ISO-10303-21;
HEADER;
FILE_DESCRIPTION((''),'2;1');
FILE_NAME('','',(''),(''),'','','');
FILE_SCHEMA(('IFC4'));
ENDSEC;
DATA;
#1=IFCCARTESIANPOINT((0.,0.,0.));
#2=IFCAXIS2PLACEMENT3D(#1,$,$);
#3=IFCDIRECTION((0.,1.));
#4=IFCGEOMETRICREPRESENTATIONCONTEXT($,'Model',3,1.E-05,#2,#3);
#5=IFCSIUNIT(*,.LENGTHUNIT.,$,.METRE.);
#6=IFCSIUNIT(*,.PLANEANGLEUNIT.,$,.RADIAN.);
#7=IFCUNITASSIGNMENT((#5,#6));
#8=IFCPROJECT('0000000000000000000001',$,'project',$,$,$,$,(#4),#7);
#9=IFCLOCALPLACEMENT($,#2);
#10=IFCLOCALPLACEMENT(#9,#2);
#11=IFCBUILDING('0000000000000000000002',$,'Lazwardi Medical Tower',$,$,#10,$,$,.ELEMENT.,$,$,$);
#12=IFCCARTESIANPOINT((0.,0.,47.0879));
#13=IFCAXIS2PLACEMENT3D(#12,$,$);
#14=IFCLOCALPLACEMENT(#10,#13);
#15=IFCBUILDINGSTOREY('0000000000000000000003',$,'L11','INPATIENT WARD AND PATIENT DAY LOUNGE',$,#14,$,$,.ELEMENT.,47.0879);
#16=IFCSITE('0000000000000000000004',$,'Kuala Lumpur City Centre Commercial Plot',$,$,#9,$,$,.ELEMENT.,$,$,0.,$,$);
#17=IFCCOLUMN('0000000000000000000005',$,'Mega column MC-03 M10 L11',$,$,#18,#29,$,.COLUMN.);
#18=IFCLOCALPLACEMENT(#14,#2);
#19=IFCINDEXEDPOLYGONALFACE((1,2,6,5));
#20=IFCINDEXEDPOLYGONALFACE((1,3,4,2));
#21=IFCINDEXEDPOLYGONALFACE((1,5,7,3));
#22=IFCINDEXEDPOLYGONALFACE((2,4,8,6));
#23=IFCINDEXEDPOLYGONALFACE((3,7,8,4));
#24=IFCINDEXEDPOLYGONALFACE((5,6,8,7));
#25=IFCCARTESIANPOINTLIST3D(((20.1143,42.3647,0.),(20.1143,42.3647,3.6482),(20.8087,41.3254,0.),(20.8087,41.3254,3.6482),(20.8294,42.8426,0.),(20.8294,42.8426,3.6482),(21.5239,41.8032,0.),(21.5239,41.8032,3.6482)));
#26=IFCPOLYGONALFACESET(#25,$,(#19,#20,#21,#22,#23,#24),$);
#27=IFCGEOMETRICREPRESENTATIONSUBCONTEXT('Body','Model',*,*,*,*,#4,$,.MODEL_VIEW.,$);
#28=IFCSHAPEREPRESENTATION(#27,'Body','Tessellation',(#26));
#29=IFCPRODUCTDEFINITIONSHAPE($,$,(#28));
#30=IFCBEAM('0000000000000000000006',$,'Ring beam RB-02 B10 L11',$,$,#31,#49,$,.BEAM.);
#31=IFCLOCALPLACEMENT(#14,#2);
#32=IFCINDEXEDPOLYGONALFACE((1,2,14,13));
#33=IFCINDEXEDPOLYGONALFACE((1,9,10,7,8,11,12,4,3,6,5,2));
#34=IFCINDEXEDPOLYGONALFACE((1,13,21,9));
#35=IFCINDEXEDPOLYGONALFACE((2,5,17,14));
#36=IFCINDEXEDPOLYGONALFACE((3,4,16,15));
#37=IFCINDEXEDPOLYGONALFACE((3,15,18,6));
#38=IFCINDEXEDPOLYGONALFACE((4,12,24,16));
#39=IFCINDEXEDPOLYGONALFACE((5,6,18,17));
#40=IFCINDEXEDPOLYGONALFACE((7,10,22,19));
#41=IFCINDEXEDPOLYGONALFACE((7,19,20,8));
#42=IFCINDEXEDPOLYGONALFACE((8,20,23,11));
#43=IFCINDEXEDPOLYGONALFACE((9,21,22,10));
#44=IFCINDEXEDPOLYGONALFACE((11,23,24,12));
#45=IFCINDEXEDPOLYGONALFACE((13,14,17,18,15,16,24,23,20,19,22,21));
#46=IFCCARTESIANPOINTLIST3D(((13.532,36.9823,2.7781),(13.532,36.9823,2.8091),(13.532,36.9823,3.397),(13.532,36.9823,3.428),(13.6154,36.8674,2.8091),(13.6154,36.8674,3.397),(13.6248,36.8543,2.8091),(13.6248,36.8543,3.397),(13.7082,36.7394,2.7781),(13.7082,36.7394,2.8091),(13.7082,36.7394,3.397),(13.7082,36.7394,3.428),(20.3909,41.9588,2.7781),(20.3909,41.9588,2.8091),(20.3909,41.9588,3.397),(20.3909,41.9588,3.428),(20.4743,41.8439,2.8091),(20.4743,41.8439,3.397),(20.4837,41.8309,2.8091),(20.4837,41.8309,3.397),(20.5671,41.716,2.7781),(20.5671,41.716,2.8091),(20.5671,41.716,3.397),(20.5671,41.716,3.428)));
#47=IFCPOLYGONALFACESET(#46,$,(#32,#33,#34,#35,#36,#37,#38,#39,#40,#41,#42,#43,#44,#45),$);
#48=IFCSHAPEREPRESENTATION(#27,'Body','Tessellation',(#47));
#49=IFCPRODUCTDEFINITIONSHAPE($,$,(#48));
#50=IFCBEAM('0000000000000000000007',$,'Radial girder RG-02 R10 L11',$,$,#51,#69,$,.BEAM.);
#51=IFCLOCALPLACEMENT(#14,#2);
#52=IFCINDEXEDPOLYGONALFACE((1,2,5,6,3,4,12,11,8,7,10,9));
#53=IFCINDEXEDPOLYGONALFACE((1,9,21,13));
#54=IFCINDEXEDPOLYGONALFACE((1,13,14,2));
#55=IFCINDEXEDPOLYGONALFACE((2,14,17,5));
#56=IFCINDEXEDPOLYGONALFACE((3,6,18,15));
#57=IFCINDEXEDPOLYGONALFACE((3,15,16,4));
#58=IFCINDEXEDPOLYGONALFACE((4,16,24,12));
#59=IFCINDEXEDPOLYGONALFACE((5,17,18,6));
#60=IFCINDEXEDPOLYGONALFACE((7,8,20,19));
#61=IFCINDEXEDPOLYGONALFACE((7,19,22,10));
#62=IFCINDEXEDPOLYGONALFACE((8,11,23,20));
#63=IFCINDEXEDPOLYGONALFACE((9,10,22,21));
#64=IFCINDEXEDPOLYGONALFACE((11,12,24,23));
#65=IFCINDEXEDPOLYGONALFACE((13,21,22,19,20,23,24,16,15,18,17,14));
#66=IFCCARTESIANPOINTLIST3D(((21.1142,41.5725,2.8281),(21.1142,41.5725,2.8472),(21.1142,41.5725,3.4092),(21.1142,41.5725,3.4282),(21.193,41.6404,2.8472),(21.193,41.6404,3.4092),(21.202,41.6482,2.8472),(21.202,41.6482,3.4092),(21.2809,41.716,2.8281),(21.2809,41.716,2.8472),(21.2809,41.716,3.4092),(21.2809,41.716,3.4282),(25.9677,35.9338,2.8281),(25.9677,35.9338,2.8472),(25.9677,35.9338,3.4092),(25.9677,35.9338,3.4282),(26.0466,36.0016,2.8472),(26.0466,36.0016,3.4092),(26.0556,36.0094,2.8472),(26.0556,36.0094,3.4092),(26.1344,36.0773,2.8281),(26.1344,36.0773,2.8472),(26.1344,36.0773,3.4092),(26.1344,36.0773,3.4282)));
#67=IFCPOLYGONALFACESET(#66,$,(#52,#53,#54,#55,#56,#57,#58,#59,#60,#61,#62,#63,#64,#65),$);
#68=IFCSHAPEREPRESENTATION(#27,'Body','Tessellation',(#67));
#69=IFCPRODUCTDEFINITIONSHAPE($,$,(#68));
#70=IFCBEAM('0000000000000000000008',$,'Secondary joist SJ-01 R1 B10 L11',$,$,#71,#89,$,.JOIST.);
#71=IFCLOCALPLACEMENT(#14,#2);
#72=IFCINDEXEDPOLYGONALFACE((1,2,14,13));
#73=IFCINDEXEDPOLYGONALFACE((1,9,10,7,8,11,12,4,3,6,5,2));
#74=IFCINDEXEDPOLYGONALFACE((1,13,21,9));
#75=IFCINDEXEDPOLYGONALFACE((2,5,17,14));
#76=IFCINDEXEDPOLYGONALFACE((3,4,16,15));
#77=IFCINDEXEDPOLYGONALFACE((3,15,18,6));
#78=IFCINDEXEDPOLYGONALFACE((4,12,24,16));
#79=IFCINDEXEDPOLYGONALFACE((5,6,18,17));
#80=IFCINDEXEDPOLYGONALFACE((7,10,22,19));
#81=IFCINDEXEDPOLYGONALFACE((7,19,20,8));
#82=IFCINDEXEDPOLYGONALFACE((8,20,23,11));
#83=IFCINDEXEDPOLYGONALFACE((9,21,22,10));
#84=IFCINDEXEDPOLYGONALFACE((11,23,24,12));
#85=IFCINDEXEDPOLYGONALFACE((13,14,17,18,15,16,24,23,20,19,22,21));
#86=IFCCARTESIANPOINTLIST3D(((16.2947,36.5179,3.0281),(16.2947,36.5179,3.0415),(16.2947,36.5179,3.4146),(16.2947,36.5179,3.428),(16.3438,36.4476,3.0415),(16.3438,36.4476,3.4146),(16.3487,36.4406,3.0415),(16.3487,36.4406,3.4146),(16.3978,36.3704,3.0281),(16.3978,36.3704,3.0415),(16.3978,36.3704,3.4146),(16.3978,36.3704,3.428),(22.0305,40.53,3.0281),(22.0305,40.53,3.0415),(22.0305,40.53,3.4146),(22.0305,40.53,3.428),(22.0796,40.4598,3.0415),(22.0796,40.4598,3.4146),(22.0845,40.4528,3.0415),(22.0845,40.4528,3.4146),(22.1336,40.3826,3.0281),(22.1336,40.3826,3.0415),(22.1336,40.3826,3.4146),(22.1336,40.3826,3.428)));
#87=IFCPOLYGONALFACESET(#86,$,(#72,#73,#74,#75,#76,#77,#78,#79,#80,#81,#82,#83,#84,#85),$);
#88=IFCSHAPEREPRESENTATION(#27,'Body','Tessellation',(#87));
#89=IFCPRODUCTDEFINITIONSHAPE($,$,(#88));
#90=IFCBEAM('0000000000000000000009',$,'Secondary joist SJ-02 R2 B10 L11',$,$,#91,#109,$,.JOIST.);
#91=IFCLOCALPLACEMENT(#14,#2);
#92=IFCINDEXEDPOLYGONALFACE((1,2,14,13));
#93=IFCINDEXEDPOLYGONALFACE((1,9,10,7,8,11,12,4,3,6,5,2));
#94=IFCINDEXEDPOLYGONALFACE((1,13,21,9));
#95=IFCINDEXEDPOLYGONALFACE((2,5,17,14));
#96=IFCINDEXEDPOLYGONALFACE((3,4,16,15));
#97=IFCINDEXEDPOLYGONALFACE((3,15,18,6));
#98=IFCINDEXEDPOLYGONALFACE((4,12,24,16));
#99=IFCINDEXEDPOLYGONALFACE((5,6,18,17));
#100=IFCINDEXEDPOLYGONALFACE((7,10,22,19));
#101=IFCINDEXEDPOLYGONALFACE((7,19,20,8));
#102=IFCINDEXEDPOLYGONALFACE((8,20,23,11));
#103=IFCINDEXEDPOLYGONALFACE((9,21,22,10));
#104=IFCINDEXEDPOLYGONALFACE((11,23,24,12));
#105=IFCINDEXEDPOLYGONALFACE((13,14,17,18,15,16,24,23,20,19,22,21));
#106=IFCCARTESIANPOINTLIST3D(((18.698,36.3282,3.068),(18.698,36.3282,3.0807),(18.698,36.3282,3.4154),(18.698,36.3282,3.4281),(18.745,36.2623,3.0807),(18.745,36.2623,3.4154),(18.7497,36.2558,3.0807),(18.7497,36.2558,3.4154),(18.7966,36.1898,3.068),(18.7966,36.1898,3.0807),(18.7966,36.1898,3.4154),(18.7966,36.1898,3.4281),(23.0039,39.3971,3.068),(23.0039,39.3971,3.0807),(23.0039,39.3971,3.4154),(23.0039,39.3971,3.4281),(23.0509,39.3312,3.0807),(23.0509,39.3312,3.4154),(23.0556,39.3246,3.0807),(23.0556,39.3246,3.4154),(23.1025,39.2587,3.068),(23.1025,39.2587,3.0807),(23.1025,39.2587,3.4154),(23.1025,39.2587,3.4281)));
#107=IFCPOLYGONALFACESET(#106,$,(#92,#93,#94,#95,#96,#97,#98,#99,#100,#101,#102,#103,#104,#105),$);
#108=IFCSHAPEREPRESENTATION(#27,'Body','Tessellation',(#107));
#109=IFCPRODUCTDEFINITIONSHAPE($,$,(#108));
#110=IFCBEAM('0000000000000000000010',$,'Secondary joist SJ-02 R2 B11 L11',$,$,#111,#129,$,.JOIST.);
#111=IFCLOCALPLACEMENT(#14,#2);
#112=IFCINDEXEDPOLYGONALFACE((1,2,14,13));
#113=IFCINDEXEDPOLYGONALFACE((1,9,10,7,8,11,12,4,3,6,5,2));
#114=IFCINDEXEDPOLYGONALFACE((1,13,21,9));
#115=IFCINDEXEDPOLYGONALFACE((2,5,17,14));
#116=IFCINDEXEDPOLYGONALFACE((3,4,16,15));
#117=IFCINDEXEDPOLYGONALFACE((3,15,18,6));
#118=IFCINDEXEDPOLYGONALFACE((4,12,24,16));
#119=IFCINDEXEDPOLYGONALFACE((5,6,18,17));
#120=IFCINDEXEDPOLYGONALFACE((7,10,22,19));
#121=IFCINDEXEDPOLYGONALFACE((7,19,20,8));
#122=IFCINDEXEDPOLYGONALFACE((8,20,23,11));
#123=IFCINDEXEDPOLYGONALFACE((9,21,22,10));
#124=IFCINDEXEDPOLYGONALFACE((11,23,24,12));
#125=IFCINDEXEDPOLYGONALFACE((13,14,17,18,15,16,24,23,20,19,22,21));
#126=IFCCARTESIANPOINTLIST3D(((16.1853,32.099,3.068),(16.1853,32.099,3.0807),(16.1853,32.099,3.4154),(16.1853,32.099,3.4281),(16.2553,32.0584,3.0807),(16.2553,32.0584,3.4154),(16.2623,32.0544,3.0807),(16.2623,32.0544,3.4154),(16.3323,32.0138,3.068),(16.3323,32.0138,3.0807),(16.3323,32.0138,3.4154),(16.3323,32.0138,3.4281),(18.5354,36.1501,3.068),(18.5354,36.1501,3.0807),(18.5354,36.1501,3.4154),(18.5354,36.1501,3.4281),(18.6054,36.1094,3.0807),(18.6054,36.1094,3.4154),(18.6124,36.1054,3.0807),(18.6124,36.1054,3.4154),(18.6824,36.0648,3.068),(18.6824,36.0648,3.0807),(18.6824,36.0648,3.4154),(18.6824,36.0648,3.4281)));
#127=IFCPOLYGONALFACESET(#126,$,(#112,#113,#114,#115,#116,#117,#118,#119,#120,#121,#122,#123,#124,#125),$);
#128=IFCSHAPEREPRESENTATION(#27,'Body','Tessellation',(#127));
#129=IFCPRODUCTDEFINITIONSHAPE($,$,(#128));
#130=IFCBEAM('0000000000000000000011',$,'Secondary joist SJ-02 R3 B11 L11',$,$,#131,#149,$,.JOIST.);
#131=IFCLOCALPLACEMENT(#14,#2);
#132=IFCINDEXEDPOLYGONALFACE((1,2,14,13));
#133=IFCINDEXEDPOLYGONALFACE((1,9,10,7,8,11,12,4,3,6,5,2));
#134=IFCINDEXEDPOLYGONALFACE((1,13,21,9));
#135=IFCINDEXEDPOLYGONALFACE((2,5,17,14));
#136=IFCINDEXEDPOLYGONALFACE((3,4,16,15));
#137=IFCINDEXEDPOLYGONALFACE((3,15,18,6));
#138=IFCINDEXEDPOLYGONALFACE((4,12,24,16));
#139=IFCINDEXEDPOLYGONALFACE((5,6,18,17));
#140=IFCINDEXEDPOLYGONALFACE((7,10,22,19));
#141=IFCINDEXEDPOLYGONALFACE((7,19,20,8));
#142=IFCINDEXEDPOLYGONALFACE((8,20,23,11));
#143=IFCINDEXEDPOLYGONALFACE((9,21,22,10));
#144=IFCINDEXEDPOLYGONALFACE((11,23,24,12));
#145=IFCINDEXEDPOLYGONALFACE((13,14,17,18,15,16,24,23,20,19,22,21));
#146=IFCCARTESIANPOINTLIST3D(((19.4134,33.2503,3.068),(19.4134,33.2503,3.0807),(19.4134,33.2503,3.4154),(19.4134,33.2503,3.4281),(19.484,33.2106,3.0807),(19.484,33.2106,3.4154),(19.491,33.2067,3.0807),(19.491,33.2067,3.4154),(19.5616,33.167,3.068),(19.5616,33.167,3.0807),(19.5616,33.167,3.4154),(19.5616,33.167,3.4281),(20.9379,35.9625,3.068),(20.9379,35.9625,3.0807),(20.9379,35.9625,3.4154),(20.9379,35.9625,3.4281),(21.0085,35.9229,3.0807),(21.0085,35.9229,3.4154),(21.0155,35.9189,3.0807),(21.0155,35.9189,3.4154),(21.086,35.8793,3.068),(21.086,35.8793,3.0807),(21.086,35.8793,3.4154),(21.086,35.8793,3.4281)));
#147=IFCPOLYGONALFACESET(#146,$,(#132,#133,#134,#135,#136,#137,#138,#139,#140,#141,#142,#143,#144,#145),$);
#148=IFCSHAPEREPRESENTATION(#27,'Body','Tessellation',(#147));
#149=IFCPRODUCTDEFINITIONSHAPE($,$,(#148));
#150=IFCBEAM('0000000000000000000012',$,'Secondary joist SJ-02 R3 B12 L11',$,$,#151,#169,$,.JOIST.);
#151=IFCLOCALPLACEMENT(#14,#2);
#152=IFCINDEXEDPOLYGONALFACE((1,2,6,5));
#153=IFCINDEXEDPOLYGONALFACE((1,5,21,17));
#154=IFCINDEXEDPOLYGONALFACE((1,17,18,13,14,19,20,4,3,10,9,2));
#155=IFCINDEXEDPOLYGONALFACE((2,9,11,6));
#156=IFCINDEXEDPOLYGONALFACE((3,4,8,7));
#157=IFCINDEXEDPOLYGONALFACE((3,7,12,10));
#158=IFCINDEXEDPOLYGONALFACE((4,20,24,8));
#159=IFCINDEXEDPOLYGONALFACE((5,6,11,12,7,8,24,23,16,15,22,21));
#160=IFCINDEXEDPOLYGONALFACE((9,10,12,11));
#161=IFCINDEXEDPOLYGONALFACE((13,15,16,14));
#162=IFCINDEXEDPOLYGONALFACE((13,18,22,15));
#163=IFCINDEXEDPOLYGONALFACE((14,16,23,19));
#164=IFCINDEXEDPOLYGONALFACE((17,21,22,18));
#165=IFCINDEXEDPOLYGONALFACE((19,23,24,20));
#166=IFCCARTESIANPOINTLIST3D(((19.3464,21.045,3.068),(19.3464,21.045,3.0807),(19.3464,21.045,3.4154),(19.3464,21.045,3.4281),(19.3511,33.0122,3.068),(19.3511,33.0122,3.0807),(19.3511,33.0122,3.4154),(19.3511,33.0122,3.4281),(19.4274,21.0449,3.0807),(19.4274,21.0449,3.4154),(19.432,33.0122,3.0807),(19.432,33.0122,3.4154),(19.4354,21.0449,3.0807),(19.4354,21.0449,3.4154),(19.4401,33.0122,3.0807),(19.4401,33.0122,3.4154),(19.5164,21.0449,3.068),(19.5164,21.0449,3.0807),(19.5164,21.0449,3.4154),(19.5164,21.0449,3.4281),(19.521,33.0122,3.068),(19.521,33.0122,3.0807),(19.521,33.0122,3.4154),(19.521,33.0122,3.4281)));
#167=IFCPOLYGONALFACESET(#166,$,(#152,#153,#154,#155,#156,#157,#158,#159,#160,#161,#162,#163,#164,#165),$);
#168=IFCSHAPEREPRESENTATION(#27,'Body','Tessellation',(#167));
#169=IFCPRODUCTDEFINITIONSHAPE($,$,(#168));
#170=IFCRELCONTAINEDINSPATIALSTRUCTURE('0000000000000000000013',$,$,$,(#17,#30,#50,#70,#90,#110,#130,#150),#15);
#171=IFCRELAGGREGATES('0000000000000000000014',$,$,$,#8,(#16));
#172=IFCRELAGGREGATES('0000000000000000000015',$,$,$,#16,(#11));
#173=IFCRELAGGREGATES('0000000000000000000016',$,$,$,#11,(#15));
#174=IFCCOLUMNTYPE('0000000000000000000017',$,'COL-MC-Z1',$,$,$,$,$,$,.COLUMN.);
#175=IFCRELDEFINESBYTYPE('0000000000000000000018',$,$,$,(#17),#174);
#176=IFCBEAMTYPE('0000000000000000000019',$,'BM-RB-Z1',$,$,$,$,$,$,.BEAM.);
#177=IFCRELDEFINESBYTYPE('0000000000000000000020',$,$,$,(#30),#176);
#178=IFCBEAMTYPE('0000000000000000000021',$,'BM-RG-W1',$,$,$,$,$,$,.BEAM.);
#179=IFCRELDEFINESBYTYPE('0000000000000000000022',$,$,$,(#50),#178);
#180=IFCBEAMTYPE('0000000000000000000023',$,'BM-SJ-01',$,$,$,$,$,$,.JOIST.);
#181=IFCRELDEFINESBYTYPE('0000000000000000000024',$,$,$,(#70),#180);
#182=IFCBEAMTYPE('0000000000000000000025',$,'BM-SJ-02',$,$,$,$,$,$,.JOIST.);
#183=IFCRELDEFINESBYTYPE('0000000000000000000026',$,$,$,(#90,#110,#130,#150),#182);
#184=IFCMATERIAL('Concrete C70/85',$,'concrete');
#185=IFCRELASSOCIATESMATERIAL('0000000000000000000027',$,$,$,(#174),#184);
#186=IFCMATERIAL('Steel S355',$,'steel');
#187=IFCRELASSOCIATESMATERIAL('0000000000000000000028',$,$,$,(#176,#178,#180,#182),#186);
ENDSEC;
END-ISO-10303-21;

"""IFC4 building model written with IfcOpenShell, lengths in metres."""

from ifc_helpers import new_model, si_unit, direction, frame, origin, origin_2d, place, context, subcontext, project, spatial, rectangle, i_section, extrude, material, material_profile, profile_set, type_object, element, save


model = new_model("IFC4")

# Units and contexts
model_context = context("Model", 3, precision=1e-05, world=origin(), true_north=direction((0.0, 1.0)))
body_context = subcontext(model_context, "Body", "Model", "MODEL_VIEW")
ifc_project = project(units=[si_unit("LENGTHUNIT", "METRE"), si_unit("PLANEANGLEUNIT", "RADIAN")], contexts=[model_context])

# Site, building, storey
site_placement = place(None, origin())
site = spatial("IfcSite", under=ifc_project, at=site_placement, Name="Kuala Lumpur City Centre Commercial Plot", CompositionType="ELEMENT", RefElevation=0.0)
building_placement = place(site_placement, origin())
building = spatial("IfcBuilding", under=site, at=building_placement, Name="Lazwardi Medical Tower", CompositionType="ELEMENT")
storey_placement = place(building_placement, frame((0.0, 0.0, 47.0879)))
storey = spatial("IfcBuildingStorey", under=building, at=storey_placement, Name="L11", Description="INPATIENT WARD AND PATIENT DAY LOUNGE", CompositionType="ELEMENT", Elevation=47.0879)

# Column
ifc_material_1 = material(Name="Concrete C70/85", Category="concrete")
ifc_material_profile_1 = material_profile(ifc_material_1, rectangle(XDim=1.25, YDim=0.8601, at=origin_2d()), Name="CFT-RECT 1250x860")
ifc_profile_set_1 = profile_set([ifc_material_profile_1], Name="Concrete C70/85")
column_type = type_object("IfcColumnType", Name="COL-MC-Z1", PredefinedType="COLUMN", material=ifc_profile_set_1)
column_placement = place(storey_placement, frame((20.8191, 42.084, 0.0), z_axis=(0.0, 0.0, 1.0), x_axis=(-0.55557, 0.83147, 0.0)))
element("IfcColumn", 1, at=column_placement, inside=storey, type_object=column_type, Name="Mega column MC-03 M10 L11", PredefinedType="COLUMN", context=body_context, shape_type="SweptSolid", body=[
    extrude(rectangle(XDim=1.25, YDim=0.8601, at=origin_2d()), origin(), (0.0, 0.0, 1.0), 3.6482),
])

# Beams
ifc_material_2 = material(Name="Steel S355", Category="steel")
ifc_material_profile_2 = material_profile(ifc_material_2, i_section(OverallWidth=0.3, OverallDepth=0.6499, WebThickness=0.0161, FlangeThickness=0.031, at=origin_2d()), Name="HEB 650")
ifc_profile_set_2 = profile_set([ifc_material_profile_2], Name="Steel S355")
beam_type_1 = type_object("IfcBeamType", Name="BM-RB-Z1", PredefinedType="BEAM", material=ifc_profile_set_2)
beam_1_placement = place(storey_placement, frame((20.479, 41.8374, 3.103), z_axis=(-0.809393, -0.587267, 0.0), x_axis=(0.587267, -0.809393, 0.0)))
element("IfcBeam", 2, at=beam_1_placement, inside=storey, type_object=beam_type_1, Name="Ring beam RB-02 B10 L11", PredefinedType="BEAM", context=body_context, shape_type="SweptSolid", body=[
    extrude(i_section(OverallWidth=0.3, OverallDepth=0.6499, WebThickness=0.0161, FlangeThickness=0.031, at=origin_2d()), origin(), (0.0, 0.0, 1.0), 8.4741),
])
ifc_material_profile_3 = material_profile(ifc_material_2, i_section(OverallWidth=0.22, OverallDepth=0.6001, WebThickness=0.012, FlangeThickness=0.019, at=origin_2d()), Name="IPE 600")
ifc_profile_set_3 = profile_set([ifc_material_profile_3], Name="Steel S355")
beam_type_2 = type_object("IfcBeamType", Name="BM-RG-W1", PredefinedType="BEAM", material=ifc_profile_set_3)
beam_2_placement = place(storey_placement, frame((21.1975, 41.6443, 3.1282), z_axis=(0.652368, -0.757902, 0.0), x_axis=(0.757902, 0.652368, 0.0)))
element("IfcBeam", 3, at=beam_2_placement, inside=storey, type_object=beam_type_2, Name="Radial girder RG-02 R10 L11", PredefinedType="BEAM", context=body_context, shape_type="SweptSolid", body=[
    extrude(i_section(OverallWidth=0.22, OverallDepth=0.6001, WebThickness=0.012, FlangeThickness=0.019, at=origin_2d()), origin(), (0.0, 0.0, 1.0), 7.4399),
])
ifc_material_profile_4 = material_profile(ifc_material_2, i_section(OverallWidth=0.1799, OverallDepth=0.3999, WebThickness=0.0085, FlangeThickness=0.0134, at=origin_2d()), Name="IPE 400")
ifc_profile_set_4 = profile_set([ifc_material_profile_4], Name="Steel S355")
beam_type_3 = type_object("IfcBeamType", Name="BM-SJ-01", PredefinedType="JOIST", material=ifc_profile_set_4)
beam_3_placement = place(storey_placement, frame((22.082, 40.4563, 3.228), z_axis=(-0.819425, -0.573186, 0.0), x_axis=(0.573186, -0.819425, 0.0)))
element("IfcBeam", 4, at=beam_3_placement, inside=storey, type_object=beam_type_3, Name="Secondary joist SJ-01 R1 B10 L11", PredefinedType="JOIST", context=body_context, shape_type="SweptSolid", body=[
    extrude(i_section(OverallWidth=0.1799, OverallDepth=0.3999, WebThickness=0.0085, FlangeThickness=0.0134, at=origin_2d()), origin(), (0.0, 0.0, 1.0), 6.9998),
])
ifc_material_profile_5 = material_profile(ifc_material_2, i_section(OverallWidth=0.1699, OverallDepth=0.3601, WebThickness=0.0081, FlangeThickness=0.0127, at=origin_2d()), Name="IPE 360")
ifc_profile_set_5 = profile_set([ifc_material_profile_5], Name="Steel S355")
beam_type_4 = type_object("IfcBeamType", Name="BM-SJ-02", PredefinedType="JOIST", material=ifc_profile_set_5)
beam_4_placement = place(storey_placement, frame((23.0532, 39.3279, 3.248), z_axis=(-0.814341, -0.580386, 0.0), x_axis=(0.580386, -0.814341, 0.0)))
element("IfcBeam", 5, at=beam_4_placement, inside=storey, type_object=beam_type_4, Name="Secondary joist SJ-02 R2 B10 L11", PredefinedType="JOIST", context=body_context, shape_type="SweptSolid", body=[
    extrude(i_section(OverallWidth=0.1699, OverallDepth=0.3601, WebThickness=0.0081, FlangeThickness=0.0127, at=origin_2d()), origin(), (0.0, 0.0, 1.0), 5.2876),
])
beam_5_placement = place(storey_placement, frame((18.6089, 36.1074, 3.248), z_axis=(-0.501798, -0.864985, 0.0), x_axis=(0.864985, -0.501798, 0.0)))
element("IfcBeam", 6, at=beam_5_placement, inside=storey, type_object=beam_type_4, Name="Secondary joist SJ-02 R2 B11 L11", PredefinedType="JOIST", context=body_context, shape_type="SweptSolid", body=[
    extrude(i_section(OverallWidth=0.1699, OverallDepth=0.3601, WebThickness=0.0081, FlangeThickness=0.0127, at=origin_2d()), origin(), (0.0, 0.0, 1.0), 4.6833),
])
beam_6_placement = place(storey_placement, frame((21.012, 35.9209, 3.248), z_axis=(-0.489974, -0.871737, 0.0), x_axis=(0.871737, -0.489974, 0.0)))
element("IfcBeam", 7, at=beam_6_placement, inside=storey, type_object=beam_type_4, Name="Secondary joist SJ-02 R3 B11 L11", PredefinedType="JOIST", context=body_context, shape_type="SweptSolid", body=[
    extrude(i_section(OverallWidth=0.1699, OverallDepth=0.3601, WebThickness=0.0081, FlangeThickness=0.0127, at=origin_2d()), origin(), (0.0, 0.0, 1.0), 3.1113),
])
beam_7_placement = place(storey_placement, frame((19.436, 33.0122, 3.248), z_axis=(-0.000388, -1.0, 0.0), x_axis=(1.0, -0.000388, 0.0)))
element("IfcBeam", 8, at=beam_7_placement, inside=storey, type_object=beam_type_4, Name="Secondary joist SJ-02 R3 B12 L11", PredefinedType="JOIST", context=body_context, shape_type="SweptSolid", body=[
    extrude(i_section(OverallWidth=0.1699, OverallDepth=0.3601, WebThickness=0.0081, FlangeThickness=0.0127, at=origin_2d()), origin(), (0.0, 0.0, 1.0), 11.9673),
])

save(model, "model.ifc")
